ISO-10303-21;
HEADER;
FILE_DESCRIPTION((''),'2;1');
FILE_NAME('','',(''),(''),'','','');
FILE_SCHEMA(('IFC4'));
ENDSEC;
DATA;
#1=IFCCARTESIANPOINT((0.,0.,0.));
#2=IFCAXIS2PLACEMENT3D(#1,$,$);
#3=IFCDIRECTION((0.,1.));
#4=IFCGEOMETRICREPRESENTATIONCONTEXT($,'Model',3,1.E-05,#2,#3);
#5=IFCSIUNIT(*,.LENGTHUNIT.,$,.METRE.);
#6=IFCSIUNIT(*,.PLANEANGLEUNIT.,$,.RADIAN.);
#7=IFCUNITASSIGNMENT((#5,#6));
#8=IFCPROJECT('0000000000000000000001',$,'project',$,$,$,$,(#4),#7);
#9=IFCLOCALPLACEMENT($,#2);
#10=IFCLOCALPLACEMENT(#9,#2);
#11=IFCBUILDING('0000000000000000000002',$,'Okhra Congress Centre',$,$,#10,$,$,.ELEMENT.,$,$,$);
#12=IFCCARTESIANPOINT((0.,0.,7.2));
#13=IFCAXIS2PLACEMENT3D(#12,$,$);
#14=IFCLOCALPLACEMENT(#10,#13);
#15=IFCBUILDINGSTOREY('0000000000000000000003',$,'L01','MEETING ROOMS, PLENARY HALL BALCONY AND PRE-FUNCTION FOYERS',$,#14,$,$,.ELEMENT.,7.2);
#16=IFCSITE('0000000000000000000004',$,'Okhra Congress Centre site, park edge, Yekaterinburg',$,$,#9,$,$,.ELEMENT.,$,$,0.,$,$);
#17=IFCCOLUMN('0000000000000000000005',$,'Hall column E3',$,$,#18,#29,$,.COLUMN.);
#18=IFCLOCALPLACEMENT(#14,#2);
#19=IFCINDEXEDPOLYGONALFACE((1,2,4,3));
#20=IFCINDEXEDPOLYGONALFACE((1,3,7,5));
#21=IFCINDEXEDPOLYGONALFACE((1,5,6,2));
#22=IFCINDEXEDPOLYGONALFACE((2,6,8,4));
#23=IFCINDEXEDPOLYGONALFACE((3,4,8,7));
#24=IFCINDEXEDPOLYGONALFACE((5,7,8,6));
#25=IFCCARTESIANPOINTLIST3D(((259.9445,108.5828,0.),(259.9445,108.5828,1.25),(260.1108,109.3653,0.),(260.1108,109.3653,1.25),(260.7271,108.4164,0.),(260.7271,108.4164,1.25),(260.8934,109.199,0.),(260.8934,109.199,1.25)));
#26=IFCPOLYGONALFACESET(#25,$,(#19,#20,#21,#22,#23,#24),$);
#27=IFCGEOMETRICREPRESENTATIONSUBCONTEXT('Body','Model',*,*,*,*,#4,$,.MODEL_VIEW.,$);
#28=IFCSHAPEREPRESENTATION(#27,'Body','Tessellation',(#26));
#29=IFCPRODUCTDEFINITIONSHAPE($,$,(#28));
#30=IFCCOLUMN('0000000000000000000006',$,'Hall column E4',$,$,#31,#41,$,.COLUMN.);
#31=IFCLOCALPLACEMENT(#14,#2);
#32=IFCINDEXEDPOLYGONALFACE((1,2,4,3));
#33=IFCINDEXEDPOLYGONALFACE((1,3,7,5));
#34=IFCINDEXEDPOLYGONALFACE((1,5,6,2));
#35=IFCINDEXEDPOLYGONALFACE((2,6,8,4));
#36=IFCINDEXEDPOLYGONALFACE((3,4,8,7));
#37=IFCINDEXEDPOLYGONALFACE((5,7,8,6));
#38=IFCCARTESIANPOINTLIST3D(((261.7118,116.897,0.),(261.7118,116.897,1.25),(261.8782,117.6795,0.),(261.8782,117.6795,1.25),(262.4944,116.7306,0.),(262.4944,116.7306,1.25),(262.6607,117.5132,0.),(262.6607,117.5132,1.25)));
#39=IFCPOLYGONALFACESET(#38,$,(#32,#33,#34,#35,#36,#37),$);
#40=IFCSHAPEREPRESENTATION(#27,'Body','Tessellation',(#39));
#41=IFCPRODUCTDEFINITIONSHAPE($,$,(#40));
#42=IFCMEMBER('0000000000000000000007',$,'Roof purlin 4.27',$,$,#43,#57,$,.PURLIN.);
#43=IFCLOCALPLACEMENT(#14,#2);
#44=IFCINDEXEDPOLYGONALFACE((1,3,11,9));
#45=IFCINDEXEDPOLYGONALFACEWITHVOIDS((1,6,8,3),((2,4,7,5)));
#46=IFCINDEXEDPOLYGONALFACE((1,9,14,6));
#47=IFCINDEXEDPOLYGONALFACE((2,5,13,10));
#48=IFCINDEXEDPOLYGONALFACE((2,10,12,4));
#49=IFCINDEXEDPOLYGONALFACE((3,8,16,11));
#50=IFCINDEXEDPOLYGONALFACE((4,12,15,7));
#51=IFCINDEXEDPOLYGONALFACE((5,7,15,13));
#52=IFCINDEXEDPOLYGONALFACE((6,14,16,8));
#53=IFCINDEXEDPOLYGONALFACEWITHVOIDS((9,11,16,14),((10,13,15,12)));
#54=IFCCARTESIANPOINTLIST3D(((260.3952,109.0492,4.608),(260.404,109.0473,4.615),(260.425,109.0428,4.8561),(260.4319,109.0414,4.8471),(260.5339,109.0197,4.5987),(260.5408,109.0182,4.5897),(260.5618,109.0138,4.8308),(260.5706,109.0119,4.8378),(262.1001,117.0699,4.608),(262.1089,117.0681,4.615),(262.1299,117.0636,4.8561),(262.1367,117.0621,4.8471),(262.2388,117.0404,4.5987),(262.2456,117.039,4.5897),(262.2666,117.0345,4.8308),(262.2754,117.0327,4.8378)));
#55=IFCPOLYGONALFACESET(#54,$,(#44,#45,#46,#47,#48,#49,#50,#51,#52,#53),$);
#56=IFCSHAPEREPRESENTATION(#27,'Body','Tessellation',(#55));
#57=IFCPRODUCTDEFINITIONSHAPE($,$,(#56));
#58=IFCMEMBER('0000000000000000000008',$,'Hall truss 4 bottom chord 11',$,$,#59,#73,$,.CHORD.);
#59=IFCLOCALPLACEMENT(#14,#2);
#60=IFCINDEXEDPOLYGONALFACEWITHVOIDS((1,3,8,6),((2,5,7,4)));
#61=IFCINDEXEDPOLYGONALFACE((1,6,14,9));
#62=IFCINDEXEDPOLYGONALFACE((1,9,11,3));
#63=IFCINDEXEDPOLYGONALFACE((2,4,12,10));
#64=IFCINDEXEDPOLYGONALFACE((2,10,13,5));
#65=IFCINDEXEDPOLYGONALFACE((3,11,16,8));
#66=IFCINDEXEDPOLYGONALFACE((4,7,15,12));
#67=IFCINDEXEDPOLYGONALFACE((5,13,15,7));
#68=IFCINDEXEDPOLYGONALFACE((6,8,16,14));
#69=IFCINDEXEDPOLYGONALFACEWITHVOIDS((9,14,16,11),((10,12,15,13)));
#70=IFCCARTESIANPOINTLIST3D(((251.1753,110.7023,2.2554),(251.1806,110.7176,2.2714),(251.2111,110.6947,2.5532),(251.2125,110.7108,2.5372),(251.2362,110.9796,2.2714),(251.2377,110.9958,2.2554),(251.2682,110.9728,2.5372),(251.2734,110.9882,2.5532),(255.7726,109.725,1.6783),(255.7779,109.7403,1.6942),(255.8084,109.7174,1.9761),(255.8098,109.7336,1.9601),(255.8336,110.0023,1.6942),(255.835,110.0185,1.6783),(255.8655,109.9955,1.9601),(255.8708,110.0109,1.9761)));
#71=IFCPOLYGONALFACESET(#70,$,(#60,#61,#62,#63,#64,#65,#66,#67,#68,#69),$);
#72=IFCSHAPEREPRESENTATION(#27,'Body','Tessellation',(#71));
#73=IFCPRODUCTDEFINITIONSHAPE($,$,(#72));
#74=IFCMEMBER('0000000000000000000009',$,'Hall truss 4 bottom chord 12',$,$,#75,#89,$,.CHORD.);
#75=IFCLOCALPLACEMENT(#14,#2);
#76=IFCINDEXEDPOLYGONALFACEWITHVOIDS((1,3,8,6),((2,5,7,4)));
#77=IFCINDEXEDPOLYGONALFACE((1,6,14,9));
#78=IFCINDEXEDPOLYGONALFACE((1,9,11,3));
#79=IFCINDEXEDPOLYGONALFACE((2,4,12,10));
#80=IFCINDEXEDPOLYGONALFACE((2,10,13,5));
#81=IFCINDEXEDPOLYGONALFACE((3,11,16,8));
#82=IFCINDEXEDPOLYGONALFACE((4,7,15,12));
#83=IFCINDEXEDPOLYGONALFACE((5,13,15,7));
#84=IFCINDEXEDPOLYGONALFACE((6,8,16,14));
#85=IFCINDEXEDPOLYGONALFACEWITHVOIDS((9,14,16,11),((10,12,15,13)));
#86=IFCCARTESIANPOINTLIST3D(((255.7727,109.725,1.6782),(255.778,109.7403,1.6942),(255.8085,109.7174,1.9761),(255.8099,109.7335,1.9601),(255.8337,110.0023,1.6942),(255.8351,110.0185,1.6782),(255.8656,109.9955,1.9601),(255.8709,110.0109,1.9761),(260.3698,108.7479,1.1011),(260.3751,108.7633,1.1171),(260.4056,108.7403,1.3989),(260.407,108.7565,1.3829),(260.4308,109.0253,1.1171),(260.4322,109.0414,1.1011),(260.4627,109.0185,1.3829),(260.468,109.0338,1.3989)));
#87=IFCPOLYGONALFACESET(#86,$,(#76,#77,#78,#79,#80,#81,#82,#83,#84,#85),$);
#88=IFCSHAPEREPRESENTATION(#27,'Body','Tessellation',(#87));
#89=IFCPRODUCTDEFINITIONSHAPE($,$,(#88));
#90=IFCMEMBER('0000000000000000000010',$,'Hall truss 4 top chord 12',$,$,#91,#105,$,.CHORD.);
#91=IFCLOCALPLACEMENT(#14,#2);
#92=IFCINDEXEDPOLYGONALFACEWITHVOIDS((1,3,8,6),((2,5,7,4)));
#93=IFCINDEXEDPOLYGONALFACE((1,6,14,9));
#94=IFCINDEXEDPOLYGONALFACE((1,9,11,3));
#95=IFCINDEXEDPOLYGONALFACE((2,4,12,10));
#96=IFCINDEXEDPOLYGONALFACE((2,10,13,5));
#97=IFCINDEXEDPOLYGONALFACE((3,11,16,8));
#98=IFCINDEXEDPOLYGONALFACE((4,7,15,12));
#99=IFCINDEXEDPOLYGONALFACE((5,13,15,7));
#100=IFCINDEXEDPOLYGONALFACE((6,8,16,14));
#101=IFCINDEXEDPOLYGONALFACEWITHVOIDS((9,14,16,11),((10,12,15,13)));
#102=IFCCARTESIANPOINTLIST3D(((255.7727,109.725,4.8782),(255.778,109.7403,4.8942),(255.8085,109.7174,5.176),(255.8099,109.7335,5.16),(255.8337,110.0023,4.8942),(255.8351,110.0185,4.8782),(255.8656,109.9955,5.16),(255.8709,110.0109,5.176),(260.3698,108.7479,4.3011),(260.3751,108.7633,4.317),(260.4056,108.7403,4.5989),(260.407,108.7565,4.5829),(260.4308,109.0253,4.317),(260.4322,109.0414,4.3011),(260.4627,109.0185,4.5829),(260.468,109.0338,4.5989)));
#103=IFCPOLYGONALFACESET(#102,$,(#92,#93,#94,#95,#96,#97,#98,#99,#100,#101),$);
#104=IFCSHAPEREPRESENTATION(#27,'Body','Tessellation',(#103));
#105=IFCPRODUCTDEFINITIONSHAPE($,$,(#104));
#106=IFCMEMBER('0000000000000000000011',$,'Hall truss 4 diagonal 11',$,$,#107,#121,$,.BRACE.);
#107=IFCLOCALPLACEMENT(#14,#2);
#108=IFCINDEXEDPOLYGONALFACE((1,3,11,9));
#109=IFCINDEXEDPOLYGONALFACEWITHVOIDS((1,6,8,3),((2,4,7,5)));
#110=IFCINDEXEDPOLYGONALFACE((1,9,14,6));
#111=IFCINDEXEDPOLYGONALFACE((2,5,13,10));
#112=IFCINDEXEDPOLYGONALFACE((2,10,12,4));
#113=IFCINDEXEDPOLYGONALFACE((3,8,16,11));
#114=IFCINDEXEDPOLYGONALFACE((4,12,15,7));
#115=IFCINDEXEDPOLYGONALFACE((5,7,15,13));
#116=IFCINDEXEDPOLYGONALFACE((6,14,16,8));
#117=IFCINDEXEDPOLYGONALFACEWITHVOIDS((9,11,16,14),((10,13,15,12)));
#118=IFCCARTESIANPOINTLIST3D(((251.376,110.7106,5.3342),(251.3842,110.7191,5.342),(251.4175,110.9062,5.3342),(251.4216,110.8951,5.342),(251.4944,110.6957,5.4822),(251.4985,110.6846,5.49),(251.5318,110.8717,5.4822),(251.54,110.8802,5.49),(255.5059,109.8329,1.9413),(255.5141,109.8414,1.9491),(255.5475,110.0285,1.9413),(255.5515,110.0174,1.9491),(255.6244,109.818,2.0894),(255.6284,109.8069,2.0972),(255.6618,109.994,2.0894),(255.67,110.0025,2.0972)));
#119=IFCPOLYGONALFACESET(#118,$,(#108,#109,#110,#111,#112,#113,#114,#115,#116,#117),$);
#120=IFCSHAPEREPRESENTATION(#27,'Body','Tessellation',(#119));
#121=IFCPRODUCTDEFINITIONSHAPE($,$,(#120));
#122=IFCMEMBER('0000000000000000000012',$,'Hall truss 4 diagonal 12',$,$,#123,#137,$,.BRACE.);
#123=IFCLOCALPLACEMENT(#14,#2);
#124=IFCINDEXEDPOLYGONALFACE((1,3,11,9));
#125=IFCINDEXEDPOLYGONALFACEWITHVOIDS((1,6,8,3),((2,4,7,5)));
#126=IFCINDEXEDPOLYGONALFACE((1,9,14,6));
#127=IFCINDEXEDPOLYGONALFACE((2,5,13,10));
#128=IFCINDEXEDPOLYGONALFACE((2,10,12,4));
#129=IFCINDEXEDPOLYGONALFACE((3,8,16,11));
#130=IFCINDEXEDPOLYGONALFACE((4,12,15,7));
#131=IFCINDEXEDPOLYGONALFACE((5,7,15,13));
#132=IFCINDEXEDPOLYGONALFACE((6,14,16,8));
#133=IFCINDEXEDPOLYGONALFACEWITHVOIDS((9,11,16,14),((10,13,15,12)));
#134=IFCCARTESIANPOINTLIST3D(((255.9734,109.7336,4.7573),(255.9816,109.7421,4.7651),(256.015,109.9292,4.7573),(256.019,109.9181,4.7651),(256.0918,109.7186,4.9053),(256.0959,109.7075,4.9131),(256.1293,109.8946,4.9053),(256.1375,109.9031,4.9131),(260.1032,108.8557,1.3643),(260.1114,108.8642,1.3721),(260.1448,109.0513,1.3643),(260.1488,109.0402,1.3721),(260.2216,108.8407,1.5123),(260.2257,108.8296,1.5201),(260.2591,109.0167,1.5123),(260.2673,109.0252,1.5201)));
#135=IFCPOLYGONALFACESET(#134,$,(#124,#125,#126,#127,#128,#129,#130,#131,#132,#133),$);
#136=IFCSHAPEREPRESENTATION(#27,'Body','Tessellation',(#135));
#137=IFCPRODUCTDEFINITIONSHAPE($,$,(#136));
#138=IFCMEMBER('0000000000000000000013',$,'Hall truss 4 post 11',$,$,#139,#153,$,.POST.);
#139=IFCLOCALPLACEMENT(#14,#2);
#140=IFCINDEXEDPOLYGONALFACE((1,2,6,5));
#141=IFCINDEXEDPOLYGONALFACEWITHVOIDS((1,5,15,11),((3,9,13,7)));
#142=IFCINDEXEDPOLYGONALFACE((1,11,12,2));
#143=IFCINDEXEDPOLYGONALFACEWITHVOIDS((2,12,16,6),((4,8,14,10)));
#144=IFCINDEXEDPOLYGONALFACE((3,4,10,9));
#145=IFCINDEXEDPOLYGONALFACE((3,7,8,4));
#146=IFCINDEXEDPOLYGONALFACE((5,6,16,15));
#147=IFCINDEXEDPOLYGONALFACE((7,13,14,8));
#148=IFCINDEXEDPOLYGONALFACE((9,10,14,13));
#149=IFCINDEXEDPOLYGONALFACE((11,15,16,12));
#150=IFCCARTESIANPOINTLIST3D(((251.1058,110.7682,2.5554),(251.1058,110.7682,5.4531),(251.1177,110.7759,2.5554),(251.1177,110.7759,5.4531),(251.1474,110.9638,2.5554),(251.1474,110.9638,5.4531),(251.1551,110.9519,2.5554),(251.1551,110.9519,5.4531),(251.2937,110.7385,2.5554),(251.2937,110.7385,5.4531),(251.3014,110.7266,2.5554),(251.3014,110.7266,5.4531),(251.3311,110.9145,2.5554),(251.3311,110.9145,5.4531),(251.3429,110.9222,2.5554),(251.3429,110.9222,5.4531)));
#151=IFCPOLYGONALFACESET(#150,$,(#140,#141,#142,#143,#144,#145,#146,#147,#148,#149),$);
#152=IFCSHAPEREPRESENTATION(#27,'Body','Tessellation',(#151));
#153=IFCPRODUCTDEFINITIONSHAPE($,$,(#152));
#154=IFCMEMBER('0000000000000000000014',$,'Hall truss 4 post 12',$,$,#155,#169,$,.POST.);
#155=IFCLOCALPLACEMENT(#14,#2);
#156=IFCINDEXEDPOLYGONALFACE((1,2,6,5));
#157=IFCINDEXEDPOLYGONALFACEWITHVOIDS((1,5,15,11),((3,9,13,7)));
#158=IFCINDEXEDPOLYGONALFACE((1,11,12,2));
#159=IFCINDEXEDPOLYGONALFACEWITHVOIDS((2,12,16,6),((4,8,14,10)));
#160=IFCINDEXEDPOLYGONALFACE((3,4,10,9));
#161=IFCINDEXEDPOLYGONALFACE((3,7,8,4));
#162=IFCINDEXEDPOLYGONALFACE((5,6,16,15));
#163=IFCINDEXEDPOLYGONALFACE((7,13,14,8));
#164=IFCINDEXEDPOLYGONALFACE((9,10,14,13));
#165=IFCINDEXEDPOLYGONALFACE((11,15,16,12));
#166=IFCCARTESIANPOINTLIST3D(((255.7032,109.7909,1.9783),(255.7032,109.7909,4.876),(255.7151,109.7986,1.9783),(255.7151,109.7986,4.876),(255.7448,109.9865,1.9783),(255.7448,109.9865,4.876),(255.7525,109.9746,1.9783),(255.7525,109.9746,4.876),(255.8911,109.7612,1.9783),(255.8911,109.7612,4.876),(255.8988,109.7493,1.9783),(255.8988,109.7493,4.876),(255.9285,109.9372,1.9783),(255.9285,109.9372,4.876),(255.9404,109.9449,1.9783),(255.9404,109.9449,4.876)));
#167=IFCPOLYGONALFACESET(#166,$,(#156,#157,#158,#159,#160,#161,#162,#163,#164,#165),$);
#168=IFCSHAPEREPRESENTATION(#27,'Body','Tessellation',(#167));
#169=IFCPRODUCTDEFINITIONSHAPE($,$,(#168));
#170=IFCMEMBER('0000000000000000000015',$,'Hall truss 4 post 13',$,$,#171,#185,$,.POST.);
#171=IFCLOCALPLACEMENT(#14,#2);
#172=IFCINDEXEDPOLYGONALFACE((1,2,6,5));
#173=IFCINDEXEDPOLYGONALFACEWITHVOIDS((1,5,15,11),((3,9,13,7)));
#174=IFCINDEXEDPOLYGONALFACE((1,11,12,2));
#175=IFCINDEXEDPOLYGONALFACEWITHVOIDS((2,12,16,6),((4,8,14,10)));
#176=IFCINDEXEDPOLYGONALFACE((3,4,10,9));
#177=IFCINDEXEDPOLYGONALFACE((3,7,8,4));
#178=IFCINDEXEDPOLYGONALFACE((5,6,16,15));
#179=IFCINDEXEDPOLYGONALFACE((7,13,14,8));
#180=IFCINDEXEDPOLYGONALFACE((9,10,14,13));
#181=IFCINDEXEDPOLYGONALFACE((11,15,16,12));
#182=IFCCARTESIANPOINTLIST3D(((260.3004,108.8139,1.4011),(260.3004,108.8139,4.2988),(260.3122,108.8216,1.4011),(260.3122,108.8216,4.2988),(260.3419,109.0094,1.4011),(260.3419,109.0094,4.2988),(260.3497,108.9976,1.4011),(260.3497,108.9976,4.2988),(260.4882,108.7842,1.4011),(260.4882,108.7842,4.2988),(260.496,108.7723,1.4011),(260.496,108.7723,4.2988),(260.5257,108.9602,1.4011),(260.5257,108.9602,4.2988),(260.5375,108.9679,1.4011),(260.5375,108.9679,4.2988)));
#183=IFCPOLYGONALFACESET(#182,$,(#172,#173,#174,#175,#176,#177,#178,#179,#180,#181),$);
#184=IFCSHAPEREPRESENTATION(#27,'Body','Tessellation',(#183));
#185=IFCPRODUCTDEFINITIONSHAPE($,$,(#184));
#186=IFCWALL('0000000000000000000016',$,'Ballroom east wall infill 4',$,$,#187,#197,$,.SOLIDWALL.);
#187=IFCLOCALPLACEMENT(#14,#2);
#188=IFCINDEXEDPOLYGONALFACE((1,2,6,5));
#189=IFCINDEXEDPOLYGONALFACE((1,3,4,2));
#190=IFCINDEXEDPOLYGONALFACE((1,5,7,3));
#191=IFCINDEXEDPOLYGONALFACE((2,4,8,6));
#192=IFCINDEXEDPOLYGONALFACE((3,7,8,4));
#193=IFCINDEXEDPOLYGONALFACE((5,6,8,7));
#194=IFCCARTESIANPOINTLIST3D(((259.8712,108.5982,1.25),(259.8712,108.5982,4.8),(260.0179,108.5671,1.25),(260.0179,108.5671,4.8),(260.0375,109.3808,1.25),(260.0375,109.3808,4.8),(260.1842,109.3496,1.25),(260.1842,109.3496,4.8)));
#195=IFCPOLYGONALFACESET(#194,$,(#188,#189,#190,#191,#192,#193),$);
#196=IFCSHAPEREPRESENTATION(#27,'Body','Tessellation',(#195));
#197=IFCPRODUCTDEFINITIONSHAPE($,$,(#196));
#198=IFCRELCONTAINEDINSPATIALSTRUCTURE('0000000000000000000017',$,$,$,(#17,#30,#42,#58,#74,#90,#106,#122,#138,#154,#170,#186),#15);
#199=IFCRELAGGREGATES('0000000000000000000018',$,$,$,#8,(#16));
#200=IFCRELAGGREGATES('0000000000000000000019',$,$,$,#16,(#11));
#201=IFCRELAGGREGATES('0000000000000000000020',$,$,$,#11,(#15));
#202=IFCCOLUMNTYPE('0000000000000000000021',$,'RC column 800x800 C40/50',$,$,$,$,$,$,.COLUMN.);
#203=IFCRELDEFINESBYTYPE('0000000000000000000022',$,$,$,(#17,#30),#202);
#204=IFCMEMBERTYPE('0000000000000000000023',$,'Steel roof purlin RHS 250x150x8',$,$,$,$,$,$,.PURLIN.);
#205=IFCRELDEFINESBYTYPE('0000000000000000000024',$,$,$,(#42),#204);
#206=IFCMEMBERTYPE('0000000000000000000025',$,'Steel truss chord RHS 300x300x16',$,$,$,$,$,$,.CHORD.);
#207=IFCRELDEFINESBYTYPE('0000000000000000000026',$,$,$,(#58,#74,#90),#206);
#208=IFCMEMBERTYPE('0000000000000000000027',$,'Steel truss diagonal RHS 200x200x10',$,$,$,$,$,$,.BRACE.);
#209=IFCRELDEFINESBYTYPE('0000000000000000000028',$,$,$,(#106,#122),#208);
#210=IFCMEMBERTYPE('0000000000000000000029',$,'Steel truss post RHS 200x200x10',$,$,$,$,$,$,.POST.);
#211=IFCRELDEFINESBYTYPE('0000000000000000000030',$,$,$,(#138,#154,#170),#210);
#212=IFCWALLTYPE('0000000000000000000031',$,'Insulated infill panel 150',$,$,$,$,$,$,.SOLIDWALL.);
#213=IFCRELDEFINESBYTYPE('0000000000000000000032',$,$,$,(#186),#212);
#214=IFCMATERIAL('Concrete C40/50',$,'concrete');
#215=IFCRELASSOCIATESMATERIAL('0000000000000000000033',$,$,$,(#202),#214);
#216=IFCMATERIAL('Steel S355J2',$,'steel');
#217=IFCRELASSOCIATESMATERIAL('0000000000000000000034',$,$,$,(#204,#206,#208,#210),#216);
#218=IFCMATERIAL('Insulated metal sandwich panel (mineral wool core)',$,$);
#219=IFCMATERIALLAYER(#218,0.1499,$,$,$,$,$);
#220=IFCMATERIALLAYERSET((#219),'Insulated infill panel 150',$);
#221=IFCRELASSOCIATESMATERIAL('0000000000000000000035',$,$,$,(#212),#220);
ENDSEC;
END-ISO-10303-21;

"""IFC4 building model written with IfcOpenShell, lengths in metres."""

from ifc_helpers import new_model, si_unit, direction, frame, frame_2d, origin, origin_2d, place, context, subcontext, project, spatial, rectangle, hollow_rectangle, extrude, material, layer, layer_set, material_profile, profile_set, type_object, element, save


model = new_model("IFC4")

# Units and contexts
model_context = context("Model", 3, precision=1e-05, world=origin(), true_north=direction((0.0, 1.0)))
body_context = subcontext(model_context, "Body", "Model", "MODEL_VIEW")
ifc_project = project(units=[si_unit("LENGTHUNIT", "METRE"), si_unit("PLANEANGLEUNIT", "RADIAN")], contexts=[model_context])

# Site, building, storey
site_placement = place(None, origin())
site = spatial("IfcSite", under=ifc_project, at=site_placement, Name="Okhra Congress Centre site, park edge, Yekaterinburg", CompositionType="ELEMENT", RefElevation=0.0)
building_placement = place(site_placement, origin())
building = spatial("IfcBuilding", under=site, at=building_placement, Name="Okhra Congress Centre", CompositionType="ELEMENT")
storey_placement = place(building_placement, frame((0.0, 0.0, 7.2)))
storey = spatial("IfcBuildingStorey", under=building, at=storey_placement, Name="L01", Description="MEETING ROOMS, PLENARY HALL BALCONY AND PRE-FUNCTION FOYERS", CompositionType="ELEMENT", Elevation=7.2)

# Columns
ifc_material_1 = material(Name="Concrete C40/50", Category="concrete")
ifc_material_profile_1 = material_profile(ifc_material_1, rectangle(XDim=0.8, YDim=0.8, at=origin_2d()), Name="RC 800x800")
ifc_profile_set_1 = profile_set([ifc_material_profile_1], Name="Concrete C40/50")
column_type = type_object("IfcColumnType", Name="RC column 800x800 C40/50", PredefinedType="COLUMN", material=ifc_profile_set_1)
for number, where, z_axis, x_axis, name in (
    (1, (260.4189, 108.8909, 0.0), (0.0, 0.0, 1.0), (0.978148, -0.207912, 0.0), "Hall column E3"),
    (2, (262.1863, 117.2051, 0.0), (0.0, 0.0, 1.0), (0.978148, -0.207912, 0.0), "Hall column E4"),
):
    element("IfcColumn", number, at=place(storey_placement, frame(where, z_axis=z_axis, x_axis=x_axis)), inside=storey, type_object=column_type, Name=name, PredefinedType="COLUMN", context=body_context, shape_type="SweptSolid", body=[
        extrude(rectangle(XDim=0.8, YDim=0.8, at=origin_2d()), origin(), (0.0, 0.0, 1.0), 1.25),
    ])

# Members
ifc_material_2 = material(Name="Steel S355J2", Category="steel")
ifc_material_profile_2 = material_profile(ifc_material_2, hollow_rectangle(XDim=0.1499, YDim=0.25, WallThickness=0.0081, at=origin_2d()), Name="RHS 250x150x8")
ifc_profile_set_2 = profile_set([ifc_material_profile_2], Name="Steel S355J2")
member_type_1 = type_object("IfcMemberType", Name="Steel roof purlin RHS 250x150x8", PredefinedType="PURLIN", material=ifc_profile_set_2)
member_1_placement = place(storey_placement, frame((260.4829, 109.0305, 4.7229), z_axis=(0.207908, 0.978148, 0.0), x_axis=(-0.970857, 0.206359, 0.121869)))
element("IfcMember", 3, at=member_1_placement, inside=storey, type_object=member_type_1, Name="Roof purlin 4.27", PredefinedType="PURLIN", context=body_context, shape_type="SweptSolid", body=[
    extrude(hollow_rectangle(XDim=0.1499, YDim=0.25, WallThickness=0.0081, at=origin_2d()), origin(), (0.0, 0.0, 1.0), 8.2),
])
ifc_material_profile_3 = material_profile(ifc_material_2, hollow_rectangle(XDim=0.3, YDim=0.3, WallThickness=0.0161, at=origin_2d()), Name="RHS 300x300x16")
ifc_profile_set_3 = profile_set([ifc_material_profile_3], Name="Steel S355J2")
member_type_2 = type_object("IfcMemberType", Name="Steel truss chord RHS 300x300x16", PredefinedType="CHORD", material=ifc_profile_set_3)
member_2_placement = place(storey_placement, frame((251.2244, 110.8452, 2.4043), z_axis=(0.970852, -0.206379, -0.121878), x_axis=(0.207929, 0.978144, 0.0)))
element("IfcMember", 4, at=member_2_placement, inside=storey, type_object=member_type_2, Name="Hall truss 4 bottom chord 11", PredefinedType="CHORD", context=body_context, shape_type="SweptSolid", body=[
    extrude(hollow_rectangle(XDim=0.3, YDim=0.3, WallThickness=0.0161, at=origin_2d()), origin(), (0.0, 0.0, 1.0), 4.7354),
])
for number, where, z_axis, x_axis, name in (
    (5, (255.8218, 109.8679, 1.8271), (0.970859, -0.20634, -0.121886), (0.20789, 0.978152, 0.0), "Hall truss 4 bottom chord 12"),
    (6, (255.8218, 109.8679, 5.0271), (0.970859, -0.20634, -0.121886), (0.20789, 0.978152, 0.0), "Hall truss 4 top chord 12"),
):
    element("IfcMember", number, at=place(storey_placement, frame(where, z_axis=z_axis, x_axis=x_axis)), inside=storey, type_object=member_type_2, Name=name, PredefinedType="CHORD", context=body_context, shape_type="SweptSolid", body=[
        extrude(hollow_rectangle(XDim=0.3, YDim=0.3, WallThickness=0.0161, at=origin_2d()), origin(), (0.0, 0.0, 1.0), 4.7351),
    ])
ifc_material_profile_4 = material_profile(ifc_material_2, hollow_rectangle(XDim=0.2, YDim=0.2, WallThickness=0.01, at=origin_2d()), Name="RHS 200x200x10 diagonal")
ifc_profile_set_4 = profile_set([ifc_material_profile_4], Name="Steel S355J2")
member_type_3 = type_object("IfcMemberType", Name="Steel truss diagonal RHS 200x200x10", PredefinedType="BRACE", material=ifc_profile_set_4)
for number, where, z_axis, x_axis, name in (
    (7, (251.458, 110.7954, 5.4121), (0.762476, -0.162042, -0.626397), (0.207878, 0.978155, 0.0), "Hall truss 4 diagonal 11"),
    (8, (256.0554, 109.8184, 4.8352), (0.762449, -0.162081, -0.62642), (0.207933, 0.978143, 0.0), "Hall truss 4 diagonal 12"),
):
    element("IfcMember", number, at=place(storey_placement, frame(where, z_axis=z_axis, x_axis=x_axis)), inside=storey, type_object=member_type_3, Name=name, PredefinedType="BRACE", context=body_context, shape_type="SweptSolid", body=[
        extrude(hollow_rectangle(XDim=0.2, YDim=0.2, WallThickness=0.01, at=origin_2d()), origin(), (0.0, 0.0, 1.0), 5.4165),
    ])
ifc_material_profile_5 = material_profile(ifc_material_2, hollow_rectangle(XDim=0.2, YDim=0.2, WallThickness=0.01, at=origin_2d()), Name="RHS 200x200x10")
ifc_profile_set_5 = profile_set([ifc_material_profile_5], Name="Steel S355J2")
member_type_4 = type_object("IfcMemberType", Name="Steel truss post RHS 200x200x10", PredefinedType="POST", material=ifc_profile_set_5)
for number, where, z_axis, x_axis, name in (
    (9, (251.2244, 110.8452, 2.5554), (0.0, 0.0, 1.0), (0.978148, -0.207912, 0.0), "Hall truss 4 post 11"),
    (10, (255.8218, 109.8679, 1.9783), (0.0, 0.0, 1.0), (0.978148, -0.207912, 0.0), "Hall truss 4 post 12"),
    (11, (260.4189, 108.8909, 1.4011), (0.0, 0.0, 1.0), (0.978148, -0.207912, 0.0), "Hall truss 4 post 13"),
):
    element("IfcMember", number, at=place(storey_placement, frame(where, z_axis=z_axis, x_axis=x_axis)), inside=storey, type_object=member_type_4, Name=name, PredefinedType="POST", context=body_context, shape_type="SweptSolid", body=[
        extrude(hollow_rectangle(XDim=0.2, YDim=0.2, WallThickness=0.01, at=origin_2d()), origin(), (0.0, 0.0, 1.0), 2.8977),
    ])

# Wall
ifc_material_3 = material(Name="Insulated metal sandwich panel (mineral wool core)")
ifc_layer_1 = layer(ifc_material_3, 0.1499)
ifc_layer_set_1 = layer_set([ifc_layer_1], Name="Insulated infill panel 150")
wall_type_1 = type_object("IfcWallType", Name="Insulated infill panel 150", PredefinedType="SOLIDWALL", material=ifc_layer_set_1)
for number, where, z_axis, x_axis, name in (
    (12, (259.9446, 108.5828, 1.25), (0.0, 0.0, 1.0), (0.207841, 0.978163, 0.0), "Ballroom east wall infill 4"),
):
    element("IfcWall", number, at=place(storey_placement, frame(where, z_axis=z_axis, x_axis=x_axis)), inside=storey, type_object=wall_type_1, Name=name, PredefinedType="SOLIDWALL", context=body_context, shape_type="SweptSolid", body=[
        extrude(rectangle(XDim=0.8, YDim=0.1499, at=frame_2d((0.3999, 0.0))), origin(), (0.0, 0.0, 1.0), 3.55),
    ])

save(model, "model.ifc")
